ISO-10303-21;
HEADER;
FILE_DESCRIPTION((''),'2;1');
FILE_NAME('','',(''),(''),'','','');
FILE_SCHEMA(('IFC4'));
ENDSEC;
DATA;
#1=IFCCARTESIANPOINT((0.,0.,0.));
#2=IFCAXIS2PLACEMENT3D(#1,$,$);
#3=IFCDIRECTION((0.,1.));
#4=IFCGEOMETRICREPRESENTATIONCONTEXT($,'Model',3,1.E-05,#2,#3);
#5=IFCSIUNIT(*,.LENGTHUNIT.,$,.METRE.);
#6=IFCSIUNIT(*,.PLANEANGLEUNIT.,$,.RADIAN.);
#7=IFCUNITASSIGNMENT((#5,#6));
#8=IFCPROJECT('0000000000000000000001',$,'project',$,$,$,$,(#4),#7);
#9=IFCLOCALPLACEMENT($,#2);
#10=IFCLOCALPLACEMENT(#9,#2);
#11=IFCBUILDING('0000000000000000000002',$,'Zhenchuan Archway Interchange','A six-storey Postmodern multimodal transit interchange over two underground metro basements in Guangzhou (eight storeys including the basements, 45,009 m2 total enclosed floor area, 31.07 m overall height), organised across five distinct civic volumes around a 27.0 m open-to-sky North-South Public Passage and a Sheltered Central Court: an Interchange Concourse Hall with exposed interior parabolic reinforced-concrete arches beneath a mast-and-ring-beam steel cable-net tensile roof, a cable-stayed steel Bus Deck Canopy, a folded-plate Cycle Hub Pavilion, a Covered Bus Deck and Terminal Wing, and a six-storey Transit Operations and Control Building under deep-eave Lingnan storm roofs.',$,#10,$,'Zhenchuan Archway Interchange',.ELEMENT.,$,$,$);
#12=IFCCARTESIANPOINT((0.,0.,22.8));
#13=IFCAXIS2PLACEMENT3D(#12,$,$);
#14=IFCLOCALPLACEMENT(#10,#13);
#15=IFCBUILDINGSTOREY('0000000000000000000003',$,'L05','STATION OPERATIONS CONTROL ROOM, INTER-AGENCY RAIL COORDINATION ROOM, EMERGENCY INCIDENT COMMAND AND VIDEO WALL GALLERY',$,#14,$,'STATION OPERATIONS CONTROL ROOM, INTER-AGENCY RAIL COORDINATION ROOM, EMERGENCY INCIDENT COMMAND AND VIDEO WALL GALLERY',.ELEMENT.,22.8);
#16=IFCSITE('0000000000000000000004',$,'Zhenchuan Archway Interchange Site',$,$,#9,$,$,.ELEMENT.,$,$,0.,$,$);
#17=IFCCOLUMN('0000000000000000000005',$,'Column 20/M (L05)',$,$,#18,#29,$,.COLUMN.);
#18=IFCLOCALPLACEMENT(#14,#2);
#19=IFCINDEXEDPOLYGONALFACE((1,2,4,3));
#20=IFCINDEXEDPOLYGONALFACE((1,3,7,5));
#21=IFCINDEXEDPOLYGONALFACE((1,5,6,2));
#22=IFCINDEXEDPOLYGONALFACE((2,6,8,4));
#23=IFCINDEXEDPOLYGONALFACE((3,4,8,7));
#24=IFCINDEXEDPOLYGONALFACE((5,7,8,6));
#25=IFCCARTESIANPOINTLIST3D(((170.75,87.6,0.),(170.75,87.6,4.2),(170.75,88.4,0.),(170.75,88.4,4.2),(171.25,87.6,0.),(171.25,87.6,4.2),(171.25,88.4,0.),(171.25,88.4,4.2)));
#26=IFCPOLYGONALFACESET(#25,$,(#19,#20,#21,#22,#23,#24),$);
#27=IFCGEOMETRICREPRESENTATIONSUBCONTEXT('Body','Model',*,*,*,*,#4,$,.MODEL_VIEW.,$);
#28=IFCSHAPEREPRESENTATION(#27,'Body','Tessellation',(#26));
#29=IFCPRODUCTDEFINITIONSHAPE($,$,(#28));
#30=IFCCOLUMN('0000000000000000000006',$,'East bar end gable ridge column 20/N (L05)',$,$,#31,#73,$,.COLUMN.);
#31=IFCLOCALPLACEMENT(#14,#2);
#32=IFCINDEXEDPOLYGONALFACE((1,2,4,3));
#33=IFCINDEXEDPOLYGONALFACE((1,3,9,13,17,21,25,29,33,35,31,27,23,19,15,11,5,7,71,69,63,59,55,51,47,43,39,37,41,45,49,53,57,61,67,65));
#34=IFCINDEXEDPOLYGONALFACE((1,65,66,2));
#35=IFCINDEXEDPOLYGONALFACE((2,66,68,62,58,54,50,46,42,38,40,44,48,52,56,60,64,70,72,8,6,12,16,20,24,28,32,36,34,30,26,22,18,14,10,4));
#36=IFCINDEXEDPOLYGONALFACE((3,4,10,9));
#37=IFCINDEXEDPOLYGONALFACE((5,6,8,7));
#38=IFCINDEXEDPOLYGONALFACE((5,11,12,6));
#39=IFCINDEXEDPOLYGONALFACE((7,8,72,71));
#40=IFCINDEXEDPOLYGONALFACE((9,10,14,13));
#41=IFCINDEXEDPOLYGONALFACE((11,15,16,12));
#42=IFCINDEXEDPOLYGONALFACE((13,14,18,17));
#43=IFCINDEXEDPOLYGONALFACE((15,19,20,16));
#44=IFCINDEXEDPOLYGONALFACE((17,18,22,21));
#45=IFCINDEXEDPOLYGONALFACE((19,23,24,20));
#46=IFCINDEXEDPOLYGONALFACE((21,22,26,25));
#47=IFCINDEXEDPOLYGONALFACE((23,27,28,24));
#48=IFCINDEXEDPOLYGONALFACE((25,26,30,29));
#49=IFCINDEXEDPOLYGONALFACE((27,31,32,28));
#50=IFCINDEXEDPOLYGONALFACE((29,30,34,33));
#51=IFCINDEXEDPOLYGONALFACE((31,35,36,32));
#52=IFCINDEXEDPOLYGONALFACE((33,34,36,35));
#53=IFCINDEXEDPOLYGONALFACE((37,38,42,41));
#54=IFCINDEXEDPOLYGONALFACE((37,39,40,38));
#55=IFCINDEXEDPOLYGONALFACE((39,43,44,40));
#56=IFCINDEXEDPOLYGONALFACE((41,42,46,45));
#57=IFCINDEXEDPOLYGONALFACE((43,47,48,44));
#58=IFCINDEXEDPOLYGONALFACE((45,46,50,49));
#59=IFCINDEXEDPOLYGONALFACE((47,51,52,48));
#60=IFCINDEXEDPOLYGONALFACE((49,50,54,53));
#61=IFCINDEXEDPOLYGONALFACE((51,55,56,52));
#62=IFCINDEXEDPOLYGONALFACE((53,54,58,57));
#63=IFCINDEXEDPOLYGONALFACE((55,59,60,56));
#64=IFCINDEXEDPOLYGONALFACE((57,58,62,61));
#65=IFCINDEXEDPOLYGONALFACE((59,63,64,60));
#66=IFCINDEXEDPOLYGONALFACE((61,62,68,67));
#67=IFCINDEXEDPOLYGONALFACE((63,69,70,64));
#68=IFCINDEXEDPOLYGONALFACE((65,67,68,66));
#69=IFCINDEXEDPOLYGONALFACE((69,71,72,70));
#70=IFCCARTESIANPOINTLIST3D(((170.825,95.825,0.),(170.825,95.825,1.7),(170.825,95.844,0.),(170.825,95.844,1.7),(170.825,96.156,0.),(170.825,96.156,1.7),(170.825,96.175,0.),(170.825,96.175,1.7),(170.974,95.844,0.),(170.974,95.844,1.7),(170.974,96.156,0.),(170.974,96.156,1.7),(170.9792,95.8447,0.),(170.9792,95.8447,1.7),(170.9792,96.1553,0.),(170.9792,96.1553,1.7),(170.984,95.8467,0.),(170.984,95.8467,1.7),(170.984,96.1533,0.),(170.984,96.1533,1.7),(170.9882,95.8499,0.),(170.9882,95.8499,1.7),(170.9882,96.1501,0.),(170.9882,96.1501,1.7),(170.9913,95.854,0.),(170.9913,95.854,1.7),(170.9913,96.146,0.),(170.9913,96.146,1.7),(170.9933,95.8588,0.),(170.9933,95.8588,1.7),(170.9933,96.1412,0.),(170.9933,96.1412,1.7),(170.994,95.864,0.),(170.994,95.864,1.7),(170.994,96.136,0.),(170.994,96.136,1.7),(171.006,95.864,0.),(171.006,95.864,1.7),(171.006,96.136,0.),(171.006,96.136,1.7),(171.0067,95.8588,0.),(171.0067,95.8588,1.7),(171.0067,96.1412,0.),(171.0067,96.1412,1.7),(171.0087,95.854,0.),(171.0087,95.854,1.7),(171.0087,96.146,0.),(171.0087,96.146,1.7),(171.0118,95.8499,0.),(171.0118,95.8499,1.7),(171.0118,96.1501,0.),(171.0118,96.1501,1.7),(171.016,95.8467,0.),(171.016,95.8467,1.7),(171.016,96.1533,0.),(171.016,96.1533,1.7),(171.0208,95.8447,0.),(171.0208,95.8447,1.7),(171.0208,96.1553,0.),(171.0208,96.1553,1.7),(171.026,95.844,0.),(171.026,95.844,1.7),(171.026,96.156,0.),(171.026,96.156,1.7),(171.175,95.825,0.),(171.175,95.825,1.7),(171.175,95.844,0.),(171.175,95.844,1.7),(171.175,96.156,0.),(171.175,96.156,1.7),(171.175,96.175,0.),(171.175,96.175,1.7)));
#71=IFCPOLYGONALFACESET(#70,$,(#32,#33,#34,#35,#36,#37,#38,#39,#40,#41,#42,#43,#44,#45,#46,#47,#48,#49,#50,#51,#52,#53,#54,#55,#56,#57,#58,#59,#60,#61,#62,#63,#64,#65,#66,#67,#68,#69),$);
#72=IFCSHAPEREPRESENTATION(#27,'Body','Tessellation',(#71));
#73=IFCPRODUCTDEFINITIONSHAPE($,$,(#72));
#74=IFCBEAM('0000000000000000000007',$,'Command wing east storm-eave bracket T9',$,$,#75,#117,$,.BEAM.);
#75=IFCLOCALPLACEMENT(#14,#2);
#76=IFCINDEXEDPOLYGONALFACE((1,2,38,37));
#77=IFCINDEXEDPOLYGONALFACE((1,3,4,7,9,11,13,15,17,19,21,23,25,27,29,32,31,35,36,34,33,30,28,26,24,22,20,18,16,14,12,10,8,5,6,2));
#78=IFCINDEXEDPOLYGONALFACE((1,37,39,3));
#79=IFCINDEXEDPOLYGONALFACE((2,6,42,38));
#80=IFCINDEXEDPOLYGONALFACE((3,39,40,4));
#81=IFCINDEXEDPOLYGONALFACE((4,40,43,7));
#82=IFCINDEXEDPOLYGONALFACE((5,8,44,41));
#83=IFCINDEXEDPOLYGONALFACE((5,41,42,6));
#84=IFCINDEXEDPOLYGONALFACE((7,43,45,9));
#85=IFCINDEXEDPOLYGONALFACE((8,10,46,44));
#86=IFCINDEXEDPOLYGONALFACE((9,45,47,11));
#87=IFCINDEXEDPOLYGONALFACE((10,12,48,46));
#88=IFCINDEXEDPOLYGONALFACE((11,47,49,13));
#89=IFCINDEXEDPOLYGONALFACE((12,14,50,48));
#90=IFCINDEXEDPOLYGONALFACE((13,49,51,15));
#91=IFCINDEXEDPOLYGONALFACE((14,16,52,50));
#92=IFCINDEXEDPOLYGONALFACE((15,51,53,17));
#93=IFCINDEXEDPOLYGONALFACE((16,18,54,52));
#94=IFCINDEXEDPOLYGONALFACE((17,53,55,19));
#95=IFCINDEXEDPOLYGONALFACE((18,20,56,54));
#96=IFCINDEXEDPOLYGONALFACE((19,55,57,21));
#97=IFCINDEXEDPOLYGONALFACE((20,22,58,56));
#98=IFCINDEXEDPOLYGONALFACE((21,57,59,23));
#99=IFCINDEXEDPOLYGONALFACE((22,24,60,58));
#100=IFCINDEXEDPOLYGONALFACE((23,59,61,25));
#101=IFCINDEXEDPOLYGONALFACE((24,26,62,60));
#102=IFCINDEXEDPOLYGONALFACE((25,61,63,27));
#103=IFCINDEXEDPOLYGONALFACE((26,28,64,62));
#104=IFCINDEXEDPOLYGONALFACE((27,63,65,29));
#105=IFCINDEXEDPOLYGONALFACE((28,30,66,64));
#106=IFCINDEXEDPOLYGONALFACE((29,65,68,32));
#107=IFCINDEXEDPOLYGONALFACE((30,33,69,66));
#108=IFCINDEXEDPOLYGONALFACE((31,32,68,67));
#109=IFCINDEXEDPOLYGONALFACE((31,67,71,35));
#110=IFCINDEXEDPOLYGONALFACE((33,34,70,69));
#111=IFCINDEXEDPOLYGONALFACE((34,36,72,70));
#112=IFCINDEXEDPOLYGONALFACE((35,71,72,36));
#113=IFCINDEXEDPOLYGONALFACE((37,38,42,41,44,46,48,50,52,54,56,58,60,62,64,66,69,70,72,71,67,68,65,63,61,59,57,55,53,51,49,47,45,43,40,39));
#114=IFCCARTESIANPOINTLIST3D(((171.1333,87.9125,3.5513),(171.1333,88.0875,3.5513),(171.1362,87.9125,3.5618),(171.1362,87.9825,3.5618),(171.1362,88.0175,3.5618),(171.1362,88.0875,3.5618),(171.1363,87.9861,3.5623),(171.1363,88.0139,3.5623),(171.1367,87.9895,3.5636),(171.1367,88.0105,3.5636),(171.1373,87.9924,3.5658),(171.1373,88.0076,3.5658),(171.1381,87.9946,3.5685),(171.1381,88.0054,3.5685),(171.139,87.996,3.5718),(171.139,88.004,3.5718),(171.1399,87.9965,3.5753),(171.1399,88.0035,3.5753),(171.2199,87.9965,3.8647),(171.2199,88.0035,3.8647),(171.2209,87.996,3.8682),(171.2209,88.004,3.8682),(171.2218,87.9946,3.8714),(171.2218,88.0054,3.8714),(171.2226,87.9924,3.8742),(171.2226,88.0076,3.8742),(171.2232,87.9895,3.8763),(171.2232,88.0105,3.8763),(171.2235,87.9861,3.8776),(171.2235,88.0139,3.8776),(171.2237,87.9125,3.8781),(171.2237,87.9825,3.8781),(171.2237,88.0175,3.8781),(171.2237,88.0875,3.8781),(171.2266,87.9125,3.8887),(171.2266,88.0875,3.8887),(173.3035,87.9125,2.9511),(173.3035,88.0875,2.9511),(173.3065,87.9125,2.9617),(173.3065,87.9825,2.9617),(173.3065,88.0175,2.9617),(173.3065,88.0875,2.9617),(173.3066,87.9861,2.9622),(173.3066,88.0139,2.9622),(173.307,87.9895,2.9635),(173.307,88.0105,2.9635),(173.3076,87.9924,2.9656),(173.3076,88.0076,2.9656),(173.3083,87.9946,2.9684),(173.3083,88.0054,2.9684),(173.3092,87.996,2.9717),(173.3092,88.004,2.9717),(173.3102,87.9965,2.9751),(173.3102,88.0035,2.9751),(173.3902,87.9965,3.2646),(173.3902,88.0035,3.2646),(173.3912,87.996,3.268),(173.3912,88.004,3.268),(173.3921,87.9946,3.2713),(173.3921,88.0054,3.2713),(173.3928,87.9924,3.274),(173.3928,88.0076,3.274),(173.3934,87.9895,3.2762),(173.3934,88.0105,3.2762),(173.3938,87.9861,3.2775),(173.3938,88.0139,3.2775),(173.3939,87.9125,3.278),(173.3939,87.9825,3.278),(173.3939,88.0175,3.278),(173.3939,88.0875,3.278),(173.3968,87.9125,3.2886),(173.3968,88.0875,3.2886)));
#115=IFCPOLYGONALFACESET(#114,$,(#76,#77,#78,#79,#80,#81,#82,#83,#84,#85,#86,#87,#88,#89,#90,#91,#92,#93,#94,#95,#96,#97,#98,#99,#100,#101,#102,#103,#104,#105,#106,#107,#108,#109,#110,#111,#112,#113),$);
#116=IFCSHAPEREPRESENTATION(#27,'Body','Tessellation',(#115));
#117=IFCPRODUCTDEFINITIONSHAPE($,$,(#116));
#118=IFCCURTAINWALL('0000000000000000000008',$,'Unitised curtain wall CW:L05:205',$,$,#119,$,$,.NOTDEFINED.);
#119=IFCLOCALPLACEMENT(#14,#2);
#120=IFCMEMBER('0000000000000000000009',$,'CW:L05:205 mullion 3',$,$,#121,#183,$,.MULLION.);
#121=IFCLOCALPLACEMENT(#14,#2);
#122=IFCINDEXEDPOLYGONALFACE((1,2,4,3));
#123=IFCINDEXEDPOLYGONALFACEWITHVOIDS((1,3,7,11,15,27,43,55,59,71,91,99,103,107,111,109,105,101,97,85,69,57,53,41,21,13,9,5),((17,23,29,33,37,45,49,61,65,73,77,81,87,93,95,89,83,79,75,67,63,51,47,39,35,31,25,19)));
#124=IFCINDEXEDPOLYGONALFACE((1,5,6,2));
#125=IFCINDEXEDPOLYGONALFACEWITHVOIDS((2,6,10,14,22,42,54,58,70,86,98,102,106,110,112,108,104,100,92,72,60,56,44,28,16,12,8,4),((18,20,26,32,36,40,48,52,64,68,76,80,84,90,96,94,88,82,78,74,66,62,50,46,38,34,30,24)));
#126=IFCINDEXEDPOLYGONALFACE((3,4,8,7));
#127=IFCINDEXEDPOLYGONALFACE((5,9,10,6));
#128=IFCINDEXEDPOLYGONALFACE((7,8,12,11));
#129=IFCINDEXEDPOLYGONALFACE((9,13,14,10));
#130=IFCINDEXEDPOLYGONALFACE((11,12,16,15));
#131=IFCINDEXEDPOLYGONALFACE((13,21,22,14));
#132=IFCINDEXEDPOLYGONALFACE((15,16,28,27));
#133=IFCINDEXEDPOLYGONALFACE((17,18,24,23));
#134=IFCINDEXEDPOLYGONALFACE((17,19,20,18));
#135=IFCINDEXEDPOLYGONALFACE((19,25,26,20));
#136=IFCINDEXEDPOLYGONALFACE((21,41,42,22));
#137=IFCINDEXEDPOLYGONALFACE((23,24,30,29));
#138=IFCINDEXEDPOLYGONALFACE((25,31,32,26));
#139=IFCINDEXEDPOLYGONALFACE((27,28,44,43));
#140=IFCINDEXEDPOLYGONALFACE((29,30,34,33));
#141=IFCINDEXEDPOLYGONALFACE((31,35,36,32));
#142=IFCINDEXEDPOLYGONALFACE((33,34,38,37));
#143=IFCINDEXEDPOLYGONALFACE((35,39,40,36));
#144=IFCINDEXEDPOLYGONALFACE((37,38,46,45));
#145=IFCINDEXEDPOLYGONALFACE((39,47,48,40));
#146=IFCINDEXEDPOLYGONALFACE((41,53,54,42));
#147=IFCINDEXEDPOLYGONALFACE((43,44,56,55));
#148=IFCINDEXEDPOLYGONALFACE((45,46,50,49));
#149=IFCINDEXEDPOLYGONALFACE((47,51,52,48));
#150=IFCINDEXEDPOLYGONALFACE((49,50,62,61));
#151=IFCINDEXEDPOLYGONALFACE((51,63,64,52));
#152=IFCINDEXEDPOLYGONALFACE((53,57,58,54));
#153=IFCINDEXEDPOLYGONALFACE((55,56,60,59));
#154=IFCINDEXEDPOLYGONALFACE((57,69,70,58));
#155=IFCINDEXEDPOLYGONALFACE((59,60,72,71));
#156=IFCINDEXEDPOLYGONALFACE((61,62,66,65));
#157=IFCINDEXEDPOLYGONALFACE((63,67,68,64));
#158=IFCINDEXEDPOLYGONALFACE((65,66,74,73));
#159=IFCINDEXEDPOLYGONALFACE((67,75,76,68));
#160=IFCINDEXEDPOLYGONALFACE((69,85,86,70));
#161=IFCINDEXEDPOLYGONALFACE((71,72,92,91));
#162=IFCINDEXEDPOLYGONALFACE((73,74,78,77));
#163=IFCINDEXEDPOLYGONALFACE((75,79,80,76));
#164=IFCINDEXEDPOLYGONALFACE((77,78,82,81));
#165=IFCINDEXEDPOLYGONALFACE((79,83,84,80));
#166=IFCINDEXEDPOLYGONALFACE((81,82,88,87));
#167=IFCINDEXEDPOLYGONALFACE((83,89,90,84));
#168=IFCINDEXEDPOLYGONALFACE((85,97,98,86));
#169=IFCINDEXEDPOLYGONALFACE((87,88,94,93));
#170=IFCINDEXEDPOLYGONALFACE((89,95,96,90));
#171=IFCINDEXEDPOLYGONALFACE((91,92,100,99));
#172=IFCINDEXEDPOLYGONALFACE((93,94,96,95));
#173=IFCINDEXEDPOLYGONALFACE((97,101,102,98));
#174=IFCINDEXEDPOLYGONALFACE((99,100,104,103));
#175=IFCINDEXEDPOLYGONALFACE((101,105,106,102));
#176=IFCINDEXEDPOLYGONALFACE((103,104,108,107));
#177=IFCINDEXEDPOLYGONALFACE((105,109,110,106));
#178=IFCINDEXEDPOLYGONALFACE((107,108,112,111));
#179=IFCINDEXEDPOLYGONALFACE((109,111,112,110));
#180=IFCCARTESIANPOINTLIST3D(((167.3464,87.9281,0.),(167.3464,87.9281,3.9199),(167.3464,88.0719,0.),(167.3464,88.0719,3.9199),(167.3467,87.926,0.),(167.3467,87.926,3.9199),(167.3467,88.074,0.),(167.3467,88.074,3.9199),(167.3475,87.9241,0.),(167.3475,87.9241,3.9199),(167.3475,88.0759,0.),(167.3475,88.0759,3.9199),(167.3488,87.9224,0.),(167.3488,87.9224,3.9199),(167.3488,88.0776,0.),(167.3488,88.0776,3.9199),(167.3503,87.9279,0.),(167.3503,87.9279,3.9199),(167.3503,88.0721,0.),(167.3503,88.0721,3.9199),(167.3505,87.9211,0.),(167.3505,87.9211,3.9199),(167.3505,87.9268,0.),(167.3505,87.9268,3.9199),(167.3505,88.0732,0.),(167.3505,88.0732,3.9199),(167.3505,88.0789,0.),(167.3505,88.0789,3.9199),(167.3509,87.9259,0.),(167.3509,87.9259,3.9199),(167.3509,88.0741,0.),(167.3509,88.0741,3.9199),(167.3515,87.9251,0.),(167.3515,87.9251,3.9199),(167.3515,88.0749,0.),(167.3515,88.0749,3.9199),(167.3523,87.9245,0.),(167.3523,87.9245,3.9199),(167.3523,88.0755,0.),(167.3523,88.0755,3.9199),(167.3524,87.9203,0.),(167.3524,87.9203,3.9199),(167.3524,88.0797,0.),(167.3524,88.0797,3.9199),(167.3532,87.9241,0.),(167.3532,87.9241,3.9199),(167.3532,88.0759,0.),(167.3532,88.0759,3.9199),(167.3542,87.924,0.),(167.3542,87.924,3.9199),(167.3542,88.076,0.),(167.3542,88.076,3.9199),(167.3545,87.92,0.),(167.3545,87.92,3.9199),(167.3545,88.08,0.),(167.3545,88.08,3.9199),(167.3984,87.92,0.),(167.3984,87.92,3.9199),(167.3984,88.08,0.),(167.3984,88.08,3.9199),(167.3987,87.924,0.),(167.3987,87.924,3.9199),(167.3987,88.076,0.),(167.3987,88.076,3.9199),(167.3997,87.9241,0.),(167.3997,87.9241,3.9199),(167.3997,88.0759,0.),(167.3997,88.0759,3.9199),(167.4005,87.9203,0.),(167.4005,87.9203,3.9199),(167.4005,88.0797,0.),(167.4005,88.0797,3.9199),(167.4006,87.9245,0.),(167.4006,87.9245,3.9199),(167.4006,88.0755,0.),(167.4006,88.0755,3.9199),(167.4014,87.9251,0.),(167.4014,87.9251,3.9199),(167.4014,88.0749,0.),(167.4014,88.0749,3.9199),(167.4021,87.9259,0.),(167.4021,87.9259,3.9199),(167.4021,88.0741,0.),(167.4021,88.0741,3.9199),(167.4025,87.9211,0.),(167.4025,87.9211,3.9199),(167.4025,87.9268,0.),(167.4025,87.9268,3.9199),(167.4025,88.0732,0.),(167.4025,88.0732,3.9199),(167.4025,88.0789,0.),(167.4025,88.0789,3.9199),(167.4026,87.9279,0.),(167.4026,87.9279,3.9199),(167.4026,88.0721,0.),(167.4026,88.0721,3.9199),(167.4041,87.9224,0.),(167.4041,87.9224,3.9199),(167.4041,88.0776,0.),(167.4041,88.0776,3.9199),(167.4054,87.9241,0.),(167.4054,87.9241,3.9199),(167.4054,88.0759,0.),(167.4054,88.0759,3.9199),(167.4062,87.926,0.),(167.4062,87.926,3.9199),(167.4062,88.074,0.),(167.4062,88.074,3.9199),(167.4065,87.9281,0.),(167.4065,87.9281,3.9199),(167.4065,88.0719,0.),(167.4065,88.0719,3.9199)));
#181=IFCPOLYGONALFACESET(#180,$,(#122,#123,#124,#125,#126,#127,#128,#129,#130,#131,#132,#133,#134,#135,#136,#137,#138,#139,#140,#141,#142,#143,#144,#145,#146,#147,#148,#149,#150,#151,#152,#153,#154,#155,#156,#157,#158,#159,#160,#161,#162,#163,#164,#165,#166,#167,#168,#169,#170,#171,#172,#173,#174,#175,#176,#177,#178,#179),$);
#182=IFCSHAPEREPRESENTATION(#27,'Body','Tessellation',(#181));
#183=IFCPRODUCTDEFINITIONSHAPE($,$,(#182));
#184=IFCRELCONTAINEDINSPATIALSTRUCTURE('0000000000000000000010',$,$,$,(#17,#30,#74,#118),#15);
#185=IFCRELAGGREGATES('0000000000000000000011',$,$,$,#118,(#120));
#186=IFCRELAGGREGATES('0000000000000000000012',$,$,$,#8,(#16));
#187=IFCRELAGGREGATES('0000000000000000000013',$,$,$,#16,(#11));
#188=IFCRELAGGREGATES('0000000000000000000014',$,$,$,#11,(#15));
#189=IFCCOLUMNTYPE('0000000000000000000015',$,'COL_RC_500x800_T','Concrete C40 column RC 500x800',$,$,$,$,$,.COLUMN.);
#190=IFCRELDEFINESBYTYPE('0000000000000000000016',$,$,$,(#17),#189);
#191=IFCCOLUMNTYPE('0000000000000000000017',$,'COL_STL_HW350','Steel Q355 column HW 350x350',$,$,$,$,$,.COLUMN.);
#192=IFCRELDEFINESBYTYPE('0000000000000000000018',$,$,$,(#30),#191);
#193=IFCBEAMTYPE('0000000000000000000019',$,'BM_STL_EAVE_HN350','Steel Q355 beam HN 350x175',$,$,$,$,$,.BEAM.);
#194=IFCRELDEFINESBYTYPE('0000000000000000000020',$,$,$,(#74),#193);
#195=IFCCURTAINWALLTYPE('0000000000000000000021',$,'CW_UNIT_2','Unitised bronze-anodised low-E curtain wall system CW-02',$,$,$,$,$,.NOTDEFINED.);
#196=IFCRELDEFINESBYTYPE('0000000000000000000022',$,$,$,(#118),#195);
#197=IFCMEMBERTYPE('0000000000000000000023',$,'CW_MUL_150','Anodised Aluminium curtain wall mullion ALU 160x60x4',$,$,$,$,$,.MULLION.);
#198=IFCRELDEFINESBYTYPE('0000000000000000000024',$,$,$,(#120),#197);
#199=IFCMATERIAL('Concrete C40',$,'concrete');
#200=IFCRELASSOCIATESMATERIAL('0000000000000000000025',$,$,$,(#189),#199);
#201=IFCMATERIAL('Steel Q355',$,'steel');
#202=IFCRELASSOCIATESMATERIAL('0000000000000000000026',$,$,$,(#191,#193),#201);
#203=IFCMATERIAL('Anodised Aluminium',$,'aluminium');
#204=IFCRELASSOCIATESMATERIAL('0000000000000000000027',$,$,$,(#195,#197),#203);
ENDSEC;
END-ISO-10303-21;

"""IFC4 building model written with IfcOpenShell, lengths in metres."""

from ifc_helpers import new_model, si_unit, direction, frame, origin, origin_2d, place, context, subcontext, project, spatial, rectangle, hollow_rectangle, i_section, extrude, material, material_profile, profile_set, type_object, element, aggregate, save


model = new_model("IFC4")

# Units and contexts
model_context = context("Model", 3, precision=1e-05, world=origin(), true_north=direction((0.0, 1.0)))
body_context = subcontext(model_context, "Body", "Model", "MODEL_VIEW")
ifc_project = project(units=[si_unit("LENGTHUNIT", "METRE"), si_unit("PLANEANGLEUNIT", "RADIAN")], contexts=[model_context])

# Site, building, storey
site_placement = place(None, origin())
site = spatial("IfcSite", under=ifc_project, at=site_placement, Name="Zhenchuan Archway Interchange Site", CompositionType="ELEMENT", RefElevation=0.0)
building_placement = place(site_placement, origin())
building = spatial("IfcBuilding", under=site, at=building_placement, Name="Zhenchuan Archway Interchange", Description="A six-storey Postmodern multimodal transit interchange over two underground metro basements in Guangzhou (eight storeys including the basements, 45,009 m2 total enclosed floor area, 31.07 m overall height), organised across five distinct civic volumes around a 27.0 m open-to-sky North-South Public Passage and a Sheltered Central Court: an Interchange Concourse Hall with exposed interior parabolic reinforced-concrete arches beneath a mast-and-ring-beam steel cable-net tensile roof, a cable-stayed steel Bus Deck Canopy, a folded-plate Cycle Hub Pavilion, a Covered Bus Deck and Terminal Wing, and a six-storey Transit Operations and Control Building under deep-eave Lingnan storm roofs.", LongName="Zhenchuan Archway Interchange", CompositionType="ELEMENT")
storey_placement = place(building_placement, frame((0.0, 0.0, 22.8)))
storey = spatial("IfcBuildingStorey", under=building, at=storey_placement, Name="L05", Description="STATION OPERATIONS CONTROL ROOM, INTER-AGENCY RAIL COORDINATION ROOM, EMERGENCY INCIDENT COMMAND AND VIDEO WALL GALLERY", LongName="STATION OPERATIONS CONTROL ROOM, INTER-AGENCY RAIL COORDINATION ROOM, EMERGENCY INCIDENT COMMAND AND VIDEO WALL GALLERY", CompositionType="ELEMENT", Elevation=22.8)

# Columns
ifc_material_1 = material(Name="Concrete C40", Category="concrete")
ifc_material_profile_1 = material_profile(ifc_material_1, rectangle(XDim=0.5, YDim=0.8, at=origin_2d()), Name="RC 500x800")
ifc_profile_set_1 = profile_set([ifc_material_profile_1], Name="Concrete C40")
column_type_1 = type_object("IfcColumnType", Name="COL_RC_500x800_T", Description="Concrete C40 column RC 500x800", PredefinedType="COLUMN", material=ifc_profile_set_1)
column_1_placement = place(storey_placement, frame((171.0, 88.0, 0.0), z_axis=(0.0, 0.0, 1.0), x_axis=(1.0, 0.0, 0.0)))
element("IfcColumn", 1, at=column_1_placement, inside=storey, type_object=column_type_1, Name="Column 20/M (L05)", PredefinedType="COLUMN", context=body_context, shape_type="SweptSolid", body=[
    extrude(rectangle(XDim=0.5, YDim=0.8, at=origin_2d()), origin(), (0.0, 0.0, 1.0), 4.2),
])
ifc_material_2 = material(Name="Steel Q355", Category="steel")
ifc_material_profile_2 = material_profile(ifc_material_2, i_section(OverallWidth=0.3501, OverallDepth=0.3501, WebThickness=0.012, FlangeThickness=0.019, FilletRadius=0.02, at=origin_2d()), Name="HW 350x350")
ifc_profile_set_2 = profile_set([ifc_material_profile_2], Name="Steel Q355")
column_type_2 = type_object("IfcColumnType", Name="COL_STL_HW350", Description="Steel Q355 column HW 350x350", PredefinedType="COLUMN", material=ifc_profile_set_2)
column_2_placement = place(storey_placement, frame((171.0, 96.0, 0.0), z_axis=(0.0, 0.0, 1.0), x_axis=(1.0, 0.0, 0.0)))
element("IfcColumn", 2, at=column_2_placement, inside=storey, type_object=column_type_2, Name="East bar end gable ridge column 20/N (L05)", PredefinedType="COLUMN", context=body_context, shape_type="SweptSolid", body=[
    extrude(i_section(OverallWidth=0.3501, OverallDepth=0.3501, WebThickness=0.012, FlangeThickness=0.019, FilletRadius=0.02, at=origin_2d()), origin(), (0.0, 0.0, 1.0), 1.7),
])

# Beam
ifc_material_profile_3 = material_profile(ifc_material_2, i_section(OverallWidth=0.175, OverallDepth=0.3501, WebThickness=0.0071, FlangeThickness=0.011, FilletRadius=0.0139, at=origin_2d()), Name="HN 350x175")
ifc_profile_set_3 = profile_set([ifc_material_profile_3], Name="Steel Q355")
beam_type = type_object("IfcBeamType", Name="BM_STL_EAVE_HN350", Description="Steel Q355 beam HN 350x175", PredefinedType="BEAM", material=ifc_profile_set_3)
beam_placement = place(storey_placement, frame((171.1799, 88.0, 3.72), z_axis=(0.963829, 0.0, -0.26652), x_axis=(0.0, 1.0, 0.0)))
element("IfcBeam", 3, at=beam_placement, inside=storey, type_object=beam_type, Name="Command wing east storm-eave bracket T9", PredefinedType="BEAM", context=body_context, shape_type="SweptSolid", body=[
    extrude(i_section(OverallWidth=0.175, OverallDepth=0.3501, WebThickness=0.0071, FlangeThickness=0.011, FilletRadius=0.0139, at=origin_2d()), origin(), (0.0, 0.0, 1.0), 2.2517),
])

# Curtain wall, member
ifc_material_3 = material(Name="Anodised Aluminium", Category="aluminium")
curtain_wall_type = type_object("IfcCurtainWallType", Name="CW_UNIT_2", Description="Unitised bronze-anodised low-E curtain wall system CW-02", PredefinedType="NOTDEFINED", material=ifc_material_3)
curtain_wall_placement = place(storey_placement, origin())
curtain_wall = element("IfcCurtainWall", 4, at=curtain_wall_placement, inside=storey, type_object=curtain_wall_type, Name="Unitised curtain wall CW:L05:205", PredefinedType="NOTDEFINED")
ifc_material_profile_4 = material_profile(ifc_material_3, hollow_rectangle(XDim=0.0601, YDim=0.1599, WallThickness=0.0039, InnerFilletRadius=0.0039, OuterFilletRadius=0.0081, at=origin_2d()), Name="ALU 160x60x4")
ifc_profile_set_4 = profile_set([ifc_material_profile_4], Name="Anodised Aluminium")
member_type_1 = type_object("IfcMemberType", Name="CW_MUL_150", Description="Anodised Aluminium curtain wall mullion ALU 160x60x4", PredefinedType="MULLION", material=ifc_profile_set_4)
member_1_placement = place(storey_placement, frame((167.3765, 88.0, 0.0), z_axis=(0.0, 0.0, 1.0), x_axis=(1.0, 0.0, 0.0)))
member_1 = element("IfcMember", 5, at=member_1_placement, type_object=member_type_1, Name="CW:L05:205 mullion 3", PredefinedType="MULLION", context=body_context, shape_type="SweptSolid", body=[
    extrude(hollow_rectangle(XDim=0.0601, YDim=0.1599, WallThickness=0.0039, InnerFilletRadius=0.0039, OuterFilletRadius=0.0081, at=origin_2d()), origin(), (0.0, 0.0, 1.0), 3.9199),
])

aggregate(curtain_wall, [member_1])

save(model, "model.ifc")
